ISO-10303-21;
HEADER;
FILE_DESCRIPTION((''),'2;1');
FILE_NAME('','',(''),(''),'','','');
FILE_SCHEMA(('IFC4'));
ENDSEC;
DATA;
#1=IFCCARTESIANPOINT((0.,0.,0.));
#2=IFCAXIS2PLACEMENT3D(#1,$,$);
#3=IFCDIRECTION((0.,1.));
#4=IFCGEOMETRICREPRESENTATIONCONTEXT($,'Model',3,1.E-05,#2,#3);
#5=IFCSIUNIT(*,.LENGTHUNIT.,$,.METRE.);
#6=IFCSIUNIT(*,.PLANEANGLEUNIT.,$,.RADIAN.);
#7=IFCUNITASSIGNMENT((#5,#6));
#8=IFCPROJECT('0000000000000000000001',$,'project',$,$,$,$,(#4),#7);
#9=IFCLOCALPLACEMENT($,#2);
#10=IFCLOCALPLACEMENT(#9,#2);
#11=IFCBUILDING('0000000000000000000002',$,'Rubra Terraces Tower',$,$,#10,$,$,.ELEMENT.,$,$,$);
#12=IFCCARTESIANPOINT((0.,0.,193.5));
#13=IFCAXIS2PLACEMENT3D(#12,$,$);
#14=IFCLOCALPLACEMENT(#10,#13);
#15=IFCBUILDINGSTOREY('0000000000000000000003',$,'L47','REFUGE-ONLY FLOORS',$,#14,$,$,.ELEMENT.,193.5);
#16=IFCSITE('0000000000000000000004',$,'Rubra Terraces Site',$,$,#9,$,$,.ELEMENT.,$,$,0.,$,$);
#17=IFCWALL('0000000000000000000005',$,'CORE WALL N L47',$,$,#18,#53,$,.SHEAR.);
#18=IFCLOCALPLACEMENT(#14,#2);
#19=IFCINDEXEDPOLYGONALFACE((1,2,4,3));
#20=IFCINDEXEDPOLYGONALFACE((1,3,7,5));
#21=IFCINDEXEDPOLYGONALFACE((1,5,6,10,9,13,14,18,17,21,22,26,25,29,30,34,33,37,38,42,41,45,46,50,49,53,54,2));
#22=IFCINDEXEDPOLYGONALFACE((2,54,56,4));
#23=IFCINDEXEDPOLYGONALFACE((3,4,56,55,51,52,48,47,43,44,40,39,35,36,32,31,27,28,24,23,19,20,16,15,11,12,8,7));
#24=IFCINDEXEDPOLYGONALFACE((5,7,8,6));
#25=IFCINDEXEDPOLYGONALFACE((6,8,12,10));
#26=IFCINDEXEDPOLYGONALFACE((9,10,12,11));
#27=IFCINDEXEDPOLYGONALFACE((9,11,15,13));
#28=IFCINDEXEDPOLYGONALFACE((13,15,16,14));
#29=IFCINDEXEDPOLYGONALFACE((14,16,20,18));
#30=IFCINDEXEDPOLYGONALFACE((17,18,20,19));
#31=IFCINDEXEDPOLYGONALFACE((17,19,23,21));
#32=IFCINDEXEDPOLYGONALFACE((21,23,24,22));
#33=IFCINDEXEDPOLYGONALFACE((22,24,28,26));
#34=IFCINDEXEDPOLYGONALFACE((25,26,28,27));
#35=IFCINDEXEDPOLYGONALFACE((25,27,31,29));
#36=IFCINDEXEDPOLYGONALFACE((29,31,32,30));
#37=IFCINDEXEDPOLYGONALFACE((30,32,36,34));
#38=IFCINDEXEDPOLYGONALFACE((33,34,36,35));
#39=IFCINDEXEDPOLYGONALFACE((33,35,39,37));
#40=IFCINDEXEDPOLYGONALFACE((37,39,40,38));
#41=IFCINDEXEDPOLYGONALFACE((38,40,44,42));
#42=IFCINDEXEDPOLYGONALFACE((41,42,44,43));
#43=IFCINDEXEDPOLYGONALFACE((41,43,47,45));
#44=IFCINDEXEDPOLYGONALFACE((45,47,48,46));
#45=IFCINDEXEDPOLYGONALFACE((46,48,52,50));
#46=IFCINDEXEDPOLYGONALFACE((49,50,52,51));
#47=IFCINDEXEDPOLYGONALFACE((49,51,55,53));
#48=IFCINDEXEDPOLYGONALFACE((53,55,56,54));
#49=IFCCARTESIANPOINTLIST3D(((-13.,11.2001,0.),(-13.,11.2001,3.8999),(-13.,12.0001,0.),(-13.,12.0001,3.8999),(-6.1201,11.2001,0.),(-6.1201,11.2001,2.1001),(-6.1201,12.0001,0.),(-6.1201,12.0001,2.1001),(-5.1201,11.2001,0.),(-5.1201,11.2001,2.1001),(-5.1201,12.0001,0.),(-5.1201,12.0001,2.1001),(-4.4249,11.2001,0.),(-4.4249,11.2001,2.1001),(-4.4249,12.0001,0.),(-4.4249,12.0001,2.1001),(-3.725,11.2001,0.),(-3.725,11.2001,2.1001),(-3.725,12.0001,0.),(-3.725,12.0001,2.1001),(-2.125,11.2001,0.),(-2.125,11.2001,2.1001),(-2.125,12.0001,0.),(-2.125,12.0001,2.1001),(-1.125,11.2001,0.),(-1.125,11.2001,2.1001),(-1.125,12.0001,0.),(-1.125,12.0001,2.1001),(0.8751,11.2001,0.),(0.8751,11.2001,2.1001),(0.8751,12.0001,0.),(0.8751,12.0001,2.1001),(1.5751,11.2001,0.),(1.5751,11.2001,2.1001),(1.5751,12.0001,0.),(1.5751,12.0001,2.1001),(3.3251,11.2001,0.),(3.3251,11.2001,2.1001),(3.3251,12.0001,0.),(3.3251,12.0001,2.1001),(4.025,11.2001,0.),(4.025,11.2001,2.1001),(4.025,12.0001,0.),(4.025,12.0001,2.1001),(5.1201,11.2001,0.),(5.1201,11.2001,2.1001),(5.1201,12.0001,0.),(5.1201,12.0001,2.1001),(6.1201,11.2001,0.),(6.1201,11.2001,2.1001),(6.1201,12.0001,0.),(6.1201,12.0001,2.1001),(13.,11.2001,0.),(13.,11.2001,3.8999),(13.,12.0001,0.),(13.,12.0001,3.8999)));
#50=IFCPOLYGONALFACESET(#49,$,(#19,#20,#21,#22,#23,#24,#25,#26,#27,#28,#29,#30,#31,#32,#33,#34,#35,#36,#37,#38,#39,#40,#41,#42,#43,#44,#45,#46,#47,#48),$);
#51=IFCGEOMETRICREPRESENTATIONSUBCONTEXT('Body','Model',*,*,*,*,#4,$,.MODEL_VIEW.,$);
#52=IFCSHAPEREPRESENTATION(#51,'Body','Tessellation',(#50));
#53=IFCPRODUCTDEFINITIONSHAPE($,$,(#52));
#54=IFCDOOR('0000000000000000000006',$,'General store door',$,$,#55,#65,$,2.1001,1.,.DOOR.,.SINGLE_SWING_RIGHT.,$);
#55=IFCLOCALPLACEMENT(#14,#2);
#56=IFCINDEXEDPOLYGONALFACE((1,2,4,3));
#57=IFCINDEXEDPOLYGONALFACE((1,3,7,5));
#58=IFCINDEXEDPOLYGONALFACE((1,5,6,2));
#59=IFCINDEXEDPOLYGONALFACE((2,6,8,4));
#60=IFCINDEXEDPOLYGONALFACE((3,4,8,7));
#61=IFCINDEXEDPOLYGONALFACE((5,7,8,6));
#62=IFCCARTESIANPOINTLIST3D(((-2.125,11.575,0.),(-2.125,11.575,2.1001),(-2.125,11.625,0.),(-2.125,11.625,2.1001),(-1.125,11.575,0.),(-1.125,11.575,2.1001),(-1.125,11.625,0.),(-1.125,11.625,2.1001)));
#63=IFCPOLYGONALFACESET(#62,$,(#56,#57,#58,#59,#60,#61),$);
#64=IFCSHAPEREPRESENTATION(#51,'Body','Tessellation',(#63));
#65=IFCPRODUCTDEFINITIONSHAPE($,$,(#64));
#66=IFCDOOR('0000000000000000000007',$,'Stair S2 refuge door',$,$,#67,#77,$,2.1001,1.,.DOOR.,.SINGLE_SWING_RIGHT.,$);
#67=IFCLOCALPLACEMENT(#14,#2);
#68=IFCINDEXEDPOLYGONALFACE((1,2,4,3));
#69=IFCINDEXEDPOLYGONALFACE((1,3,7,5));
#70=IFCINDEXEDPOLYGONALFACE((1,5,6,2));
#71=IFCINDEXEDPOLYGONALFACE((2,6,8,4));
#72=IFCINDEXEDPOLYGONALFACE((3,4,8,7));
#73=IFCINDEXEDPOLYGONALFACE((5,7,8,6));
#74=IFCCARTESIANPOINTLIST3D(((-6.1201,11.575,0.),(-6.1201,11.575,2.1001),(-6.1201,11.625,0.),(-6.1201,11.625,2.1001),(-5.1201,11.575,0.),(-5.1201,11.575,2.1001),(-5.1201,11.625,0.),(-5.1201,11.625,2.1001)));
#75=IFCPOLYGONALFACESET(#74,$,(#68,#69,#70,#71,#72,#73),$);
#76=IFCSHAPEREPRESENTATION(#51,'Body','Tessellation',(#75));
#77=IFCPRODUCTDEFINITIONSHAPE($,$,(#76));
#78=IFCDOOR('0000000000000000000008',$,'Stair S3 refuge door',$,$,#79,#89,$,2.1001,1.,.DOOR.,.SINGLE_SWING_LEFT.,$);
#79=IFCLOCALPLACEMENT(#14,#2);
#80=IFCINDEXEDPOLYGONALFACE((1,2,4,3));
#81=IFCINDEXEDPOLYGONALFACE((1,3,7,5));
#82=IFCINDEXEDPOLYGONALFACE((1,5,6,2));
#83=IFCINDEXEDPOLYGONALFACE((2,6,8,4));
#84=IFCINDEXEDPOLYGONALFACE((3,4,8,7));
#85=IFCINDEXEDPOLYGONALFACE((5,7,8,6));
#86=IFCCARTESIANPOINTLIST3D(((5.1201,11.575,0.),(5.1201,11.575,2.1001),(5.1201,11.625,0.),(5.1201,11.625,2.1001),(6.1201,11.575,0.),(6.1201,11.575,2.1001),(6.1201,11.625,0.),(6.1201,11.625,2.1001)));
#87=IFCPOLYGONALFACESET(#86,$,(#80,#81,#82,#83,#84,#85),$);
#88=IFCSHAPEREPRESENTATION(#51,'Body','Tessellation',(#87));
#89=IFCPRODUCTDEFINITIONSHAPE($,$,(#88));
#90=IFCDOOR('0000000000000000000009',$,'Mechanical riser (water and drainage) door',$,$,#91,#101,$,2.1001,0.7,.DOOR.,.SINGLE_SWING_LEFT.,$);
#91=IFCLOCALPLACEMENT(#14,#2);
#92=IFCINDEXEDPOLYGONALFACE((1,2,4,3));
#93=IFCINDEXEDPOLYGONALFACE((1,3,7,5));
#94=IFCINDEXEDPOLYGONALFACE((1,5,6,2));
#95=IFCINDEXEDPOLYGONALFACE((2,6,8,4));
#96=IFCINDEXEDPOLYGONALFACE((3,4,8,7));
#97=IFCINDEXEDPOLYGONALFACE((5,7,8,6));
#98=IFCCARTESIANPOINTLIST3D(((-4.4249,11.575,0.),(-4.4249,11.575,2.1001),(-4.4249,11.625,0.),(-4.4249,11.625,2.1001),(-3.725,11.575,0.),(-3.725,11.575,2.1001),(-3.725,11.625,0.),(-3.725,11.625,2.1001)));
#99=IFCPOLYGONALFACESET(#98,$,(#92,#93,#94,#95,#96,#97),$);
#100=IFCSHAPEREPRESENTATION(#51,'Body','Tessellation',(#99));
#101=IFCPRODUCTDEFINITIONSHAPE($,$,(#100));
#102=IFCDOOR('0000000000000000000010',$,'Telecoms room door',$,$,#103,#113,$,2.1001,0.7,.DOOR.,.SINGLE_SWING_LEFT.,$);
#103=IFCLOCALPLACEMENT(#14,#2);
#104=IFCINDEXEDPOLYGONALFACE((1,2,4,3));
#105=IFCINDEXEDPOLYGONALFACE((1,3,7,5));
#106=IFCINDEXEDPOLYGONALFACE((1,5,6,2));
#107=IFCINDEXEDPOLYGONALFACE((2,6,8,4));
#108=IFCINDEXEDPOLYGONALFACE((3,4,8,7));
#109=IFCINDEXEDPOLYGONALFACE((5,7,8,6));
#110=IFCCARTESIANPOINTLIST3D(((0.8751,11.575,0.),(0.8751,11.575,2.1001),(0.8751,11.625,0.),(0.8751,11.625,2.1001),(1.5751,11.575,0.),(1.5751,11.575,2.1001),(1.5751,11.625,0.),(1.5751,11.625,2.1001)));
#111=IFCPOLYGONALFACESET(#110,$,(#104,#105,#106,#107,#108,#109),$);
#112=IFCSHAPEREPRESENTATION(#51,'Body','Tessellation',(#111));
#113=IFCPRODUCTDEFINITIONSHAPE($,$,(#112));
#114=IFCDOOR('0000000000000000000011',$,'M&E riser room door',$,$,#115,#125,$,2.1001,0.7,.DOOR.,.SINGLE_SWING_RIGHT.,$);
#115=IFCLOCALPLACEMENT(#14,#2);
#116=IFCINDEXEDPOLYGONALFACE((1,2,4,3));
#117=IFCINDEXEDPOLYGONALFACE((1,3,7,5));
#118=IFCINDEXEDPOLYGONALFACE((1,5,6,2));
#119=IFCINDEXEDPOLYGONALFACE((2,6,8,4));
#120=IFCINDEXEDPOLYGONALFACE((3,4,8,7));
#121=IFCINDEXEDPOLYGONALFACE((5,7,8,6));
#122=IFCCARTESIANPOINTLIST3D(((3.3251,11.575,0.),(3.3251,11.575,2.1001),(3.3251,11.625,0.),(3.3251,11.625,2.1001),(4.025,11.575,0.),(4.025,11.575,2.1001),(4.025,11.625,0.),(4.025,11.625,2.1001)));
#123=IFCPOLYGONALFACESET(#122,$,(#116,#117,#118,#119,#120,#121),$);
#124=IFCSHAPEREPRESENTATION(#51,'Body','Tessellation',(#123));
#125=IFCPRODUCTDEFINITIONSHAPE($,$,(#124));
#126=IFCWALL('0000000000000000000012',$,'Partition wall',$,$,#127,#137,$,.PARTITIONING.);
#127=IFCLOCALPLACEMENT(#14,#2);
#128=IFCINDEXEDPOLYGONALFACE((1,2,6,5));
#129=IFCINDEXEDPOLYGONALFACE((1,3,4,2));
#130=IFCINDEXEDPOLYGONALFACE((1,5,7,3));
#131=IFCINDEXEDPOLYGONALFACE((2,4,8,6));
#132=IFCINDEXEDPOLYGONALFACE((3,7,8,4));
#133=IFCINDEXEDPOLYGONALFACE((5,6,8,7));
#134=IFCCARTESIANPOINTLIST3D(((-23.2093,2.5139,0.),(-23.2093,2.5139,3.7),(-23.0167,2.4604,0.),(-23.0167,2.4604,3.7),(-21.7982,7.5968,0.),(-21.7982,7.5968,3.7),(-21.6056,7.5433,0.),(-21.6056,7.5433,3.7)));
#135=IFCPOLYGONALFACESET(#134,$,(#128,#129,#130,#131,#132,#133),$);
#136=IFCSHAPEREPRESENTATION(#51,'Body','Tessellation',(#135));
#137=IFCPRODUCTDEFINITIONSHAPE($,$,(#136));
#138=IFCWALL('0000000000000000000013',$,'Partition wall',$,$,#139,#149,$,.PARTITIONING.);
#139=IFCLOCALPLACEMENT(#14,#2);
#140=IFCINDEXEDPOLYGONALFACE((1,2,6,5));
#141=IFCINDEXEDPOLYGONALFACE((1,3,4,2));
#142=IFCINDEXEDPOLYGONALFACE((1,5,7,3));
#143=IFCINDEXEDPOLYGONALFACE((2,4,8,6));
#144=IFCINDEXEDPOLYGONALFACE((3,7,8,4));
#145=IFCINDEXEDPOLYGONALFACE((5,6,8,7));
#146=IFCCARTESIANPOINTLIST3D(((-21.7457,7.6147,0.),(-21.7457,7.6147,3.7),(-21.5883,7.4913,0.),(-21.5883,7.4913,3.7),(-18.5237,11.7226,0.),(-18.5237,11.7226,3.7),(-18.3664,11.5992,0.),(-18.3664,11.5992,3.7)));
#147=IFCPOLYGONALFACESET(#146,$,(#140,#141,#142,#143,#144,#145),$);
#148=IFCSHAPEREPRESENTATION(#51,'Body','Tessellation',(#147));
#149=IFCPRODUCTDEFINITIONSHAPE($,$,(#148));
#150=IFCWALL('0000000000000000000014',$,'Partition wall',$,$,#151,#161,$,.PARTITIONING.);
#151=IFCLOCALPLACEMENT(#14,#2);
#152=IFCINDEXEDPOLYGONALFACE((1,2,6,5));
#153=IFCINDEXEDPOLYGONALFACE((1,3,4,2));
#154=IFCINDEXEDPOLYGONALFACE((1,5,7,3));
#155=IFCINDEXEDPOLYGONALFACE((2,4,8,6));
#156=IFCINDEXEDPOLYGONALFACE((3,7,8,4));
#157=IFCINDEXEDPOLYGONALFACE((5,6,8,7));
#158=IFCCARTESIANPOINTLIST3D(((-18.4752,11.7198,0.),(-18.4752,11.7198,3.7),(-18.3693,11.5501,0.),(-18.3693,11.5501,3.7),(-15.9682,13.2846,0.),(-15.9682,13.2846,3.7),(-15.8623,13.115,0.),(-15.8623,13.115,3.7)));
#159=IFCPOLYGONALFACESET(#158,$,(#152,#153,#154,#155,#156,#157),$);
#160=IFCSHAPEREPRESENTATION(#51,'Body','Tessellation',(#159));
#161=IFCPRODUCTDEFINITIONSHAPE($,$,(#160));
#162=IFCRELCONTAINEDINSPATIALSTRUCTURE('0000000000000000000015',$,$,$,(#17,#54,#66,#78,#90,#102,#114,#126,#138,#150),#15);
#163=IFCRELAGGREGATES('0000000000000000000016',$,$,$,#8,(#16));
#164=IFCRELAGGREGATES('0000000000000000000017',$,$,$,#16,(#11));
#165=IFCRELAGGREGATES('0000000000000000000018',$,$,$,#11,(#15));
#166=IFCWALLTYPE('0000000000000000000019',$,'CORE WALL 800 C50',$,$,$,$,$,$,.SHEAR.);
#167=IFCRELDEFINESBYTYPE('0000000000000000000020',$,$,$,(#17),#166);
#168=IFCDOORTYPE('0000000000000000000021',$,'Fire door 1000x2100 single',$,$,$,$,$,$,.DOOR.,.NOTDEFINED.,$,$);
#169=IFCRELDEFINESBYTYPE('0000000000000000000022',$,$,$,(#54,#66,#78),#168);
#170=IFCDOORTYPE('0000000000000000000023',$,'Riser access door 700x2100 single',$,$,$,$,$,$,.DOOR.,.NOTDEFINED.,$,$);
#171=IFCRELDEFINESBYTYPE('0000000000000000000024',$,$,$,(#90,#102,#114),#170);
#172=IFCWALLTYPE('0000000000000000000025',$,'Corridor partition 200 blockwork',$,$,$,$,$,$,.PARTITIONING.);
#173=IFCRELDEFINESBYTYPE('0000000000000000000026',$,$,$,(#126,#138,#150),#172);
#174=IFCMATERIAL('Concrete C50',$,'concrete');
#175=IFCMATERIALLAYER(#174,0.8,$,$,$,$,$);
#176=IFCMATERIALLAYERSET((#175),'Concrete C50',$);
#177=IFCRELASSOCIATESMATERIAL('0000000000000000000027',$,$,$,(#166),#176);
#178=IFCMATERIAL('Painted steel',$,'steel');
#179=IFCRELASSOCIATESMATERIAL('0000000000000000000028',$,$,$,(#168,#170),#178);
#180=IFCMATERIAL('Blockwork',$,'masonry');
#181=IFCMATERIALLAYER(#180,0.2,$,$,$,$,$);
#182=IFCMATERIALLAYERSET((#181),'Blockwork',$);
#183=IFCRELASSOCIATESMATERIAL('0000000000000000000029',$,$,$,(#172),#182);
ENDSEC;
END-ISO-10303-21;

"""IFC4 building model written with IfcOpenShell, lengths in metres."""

from ifc_helpers import new_model, si_unit, direction, frame, frame_2d, origin, place, context, subcontext, project, spatial, rectangle, extrude, material, layer, layer_set, type_object, element, fill, save


model = new_model("IFC4")

# Units and contexts
model_context = context("Model", 3, precision=1e-05, world=origin(), true_north=direction((0.0, 1.0)))
body_context = subcontext(model_context, "Body", "Model", "MODEL_VIEW")
ifc_project = project(units=[si_unit("LENGTHUNIT", "METRE"), si_unit("PLANEANGLEUNIT", "RADIAN")], contexts=[model_context])

# Site, building, storey
site_placement = place(None, origin())
site = spatial("IfcSite", under=ifc_project, at=site_placement, Name="Rubra Terraces Site", CompositionType="ELEMENT", RefElevation=0.0)
building_placement = place(site_placement, origin())
building = spatial("IfcBuilding", under=site, at=building_placement, Name="Rubra Terraces Tower", CompositionType="ELEMENT")
storey_placement = place(building_placement, frame((0.0, 0.0, 193.5)))
storey = spatial("IfcBuildingStorey", under=building, at=storey_placement, Name="L47", Description="REFUGE-ONLY FLOORS", CompositionType="ELEMENT", Elevation=193.5)

# Shared definitions
ifc_material_1 = material(Name="Concrete C50", Category="concrete")

# Wall, openings, doors
ifc_layer_1 = layer(ifc_material_1, 0.8)
ifc_layer_set_1 = layer_set([ifc_layer_1], Name="Concrete C50")
wall_type_1 = type_object("IfcWallType", Name="CORE WALL 800 C50", PredefinedType="SHEAR", material=ifc_layer_set_1)
wall_1_placement = place(storey_placement, frame((-13.0, 11.6001, 0.0), z_axis=(0.0, 0.0, 1.0), x_axis=(1.0, 0.0, 0.0)))
wall_1 = element("IfcWall", 1, at=wall_1_placement, inside=storey, type_object=wall_type_1, Name="CORE WALL N L47", PredefinedType="SHEAR", context=body_context, shape_type="SweptSolid", body=[
    extrude(rectangle(XDim=26.0, YDim=0.8, at=frame_2d((13.0, 0.0))), origin(), (0.0, 0.0, 1.0), 3.8999),
])
opening_1_placement = place(wall_1_placement, frame((8.575, 0.0, 0.0)))
opening_1 = element("IfcOpeningElement", 2, at=opening_1_placement, cuts=wall_1, PredefinedType="OPENING", context=body_context, shape_type="SweptSolid", body=[
    extrude(rectangle(XDim=0.7, YDim=2.1001, at=frame_2d((0.3501, 1.05))), frame((0.0, 0.4099, 0.0), z_axis=(0.0, -1.0, 0.0), x_axis=(1.0, 0.0, 0.0)), (0.0, 0.0, 1.0), 0.8201),
])
opening_2_placement = place(wall_1_placement, frame((10.875, 0.0, 0.0)))
opening_2 = element("IfcOpeningElement", 3, at=opening_2_placement, cuts=wall_1, PredefinedType="OPENING", context=body_context, shape_type="SweptSolid", body=[
    extrude(rectangle(XDim=1.0, YDim=2.1001, at=frame_2d((0.5, 1.05))), frame((0.0, 0.4099, 0.0), z_axis=(0.0, -1.0, 0.0), x_axis=(1.0, 0.0, 0.0)), (0.0, 0.0, 1.0), 0.8201),
])
opening_3_placement = place(wall_1_placement, frame((13.875, 0.0, 0.0)))
opening_3 = element("IfcOpeningElement", 4, at=opening_3_placement, cuts=wall_1, PredefinedType="OPENING", context=body_context, shape_type="SweptSolid", body=[
    extrude(rectangle(XDim=0.7, YDim=2.1001, at=frame_2d((0.3501, 1.05))), frame((0.0, 0.4099, 0.0), z_axis=(0.0, -1.0, 0.0), x_axis=(1.0, 0.0, 0.0)), (0.0, 0.0, 1.0), 0.8201),
])
opening_4_placement = place(wall_1_placement, frame((16.325, 0.0, 0.0)))
opening_4 = element("IfcOpeningElement", 5, at=opening_4_placement, cuts=wall_1, PredefinedType="OPENING", context=body_context, shape_type="SweptSolid", body=[
    extrude(rectangle(XDim=0.7, YDim=2.1001, at=frame_2d((0.3501, 1.05))), frame((0.0, 0.4099, 0.0), z_axis=(0.0, -1.0, 0.0), x_axis=(1.0, 0.0, 0.0)), (0.0, 0.0, 1.0), 0.8201),
])
opening_5_placement = place(wall_1_placement, frame((6.8799, 0.0, 0.0)))
opening_5 = element("IfcOpeningElement", 6, at=opening_5_placement, cuts=wall_1, PredefinedType="OPENING", context=body_context, shape_type="SweptSolid", body=[
    extrude(rectangle(XDim=1.0, YDim=2.1001, at=frame_2d((0.5, 1.05))), frame((0.0, 0.4099, 0.0), z_axis=(0.0, -1.0, 0.0), x_axis=(1.0, 0.0, 0.0)), (0.0, 0.0, 1.0), 0.8201),
])
opening_6_placement = place(wall_1_placement, frame((18.1201, 0.0, 0.0)))
opening_6 = element("IfcOpeningElement", 7, at=opening_6_placement, cuts=wall_1, PredefinedType="OPENING", context=body_context, shape_type="SweptSolid", body=[
    extrude(rectangle(XDim=1.0, YDim=2.1001, at=frame_2d((0.5, 1.05))), frame((0.0, 0.4099, 0.0), z_axis=(0.0, -1.0, 0.0), x_axis=(1.0, 0.0, 0.0)), (0.0, 0.0, 1.0), 0.8201),
])
ifc_material_2 = material(Name="Painted steel", Category="steel")
door_type_1 = type_object("IfcDoorType", Name="Fire door 1000x2100 single", OperationType="NOTDEFINED", PredefinedType="DOOR", material=ifc_material_2)
door_1_placement = place(opening_2_placement, origin())
door_1 = element("IfcDoor", 8, at=door_1_placement, inside=storey, type_object=door_type_1, Name="General store door", OperationType="SINGLE_SWING_RIGHT", OverallHeight=2.1001, OverallWidth=1.0, PredefinedType="DOOR", context=body_context, shape_type="SweptSolid", body=[
    extrude(rectangle(XDim=1.0, YDim=2.1001, at=frame_2d((0.5, 1.05))), frame((0.0, 0.0249, 0.0), z_axis=(0.0, -1.0, 0.0), x_axis=(1.0, 0.0, 0.0)), (0.0, 0.0, 1.0), 0.05),
])
fill(opening_2, door_1)
door_2_placement = place(opening_5_placement, origin())
door_2 = element("IfcDoor", 9, at=door_2_placement, inside=storey, type_object=door_type_1, Name="Stair S2 refuge door", OperationType="SINGLE_SWING_RIGHT", OverallHeight=2.1001, OverallWidth=1.0, PredefinedType="DOOR", context=body_context, shape_type="SweptSolid", body=[
    extrude(rectangle(XDim=1.0, YDim=2.1001, at=frame_2d((0.5, 1.05))), frame((0.0, 0.0249, 0.0), z_axis=(0.0, -1.0, 0.0), x_axis=(1.0, 0.0, 0.0)), (0.0, 0.0, 1.0), 0.05),
])
fill(opening_5, door_2)
door_3_placement = place(opening_6_placement, origin())
door_3 = element("IfcDoor", 10, at=door_3_placement, inside=storey, type_object=door_type_1, Name="Stair S3 refuge door", OperationType="SINGLE_SWING_LEFT", OverallHeight=2.1001, OverallWidth=1.0, PredefinedType="DOOR", context=body_context, shape_type="SweptSolid", body=[
    extrude(rectangle(XDim=1.0, YDim=2.1001, at=frame_2d((0.5, 1.05))), frame((0.0, 0.0249, 0.0), z_axis=(0.0, -1.0, 0.0), x_axis=(1.0, 0.0, 0.0)), (0.0, 0.0, 1.0), 0.05),
])
fill(opening_6, door_3)
door_type_2 = type_object("IfcDoorType", Name="Riser access door 700x2100 single", OperationType="NOTDEFINED", PredefinedType="DOOR", material=ifc_material_2)
door_4_placement = place(opening_1_placement, origin())
door_4 = element("IfcDoor", 11, at=door_4_placement, inside=storey, type_object=door_type_2, Name="Mechanical riser (water and drainage) door", OperationType="SINGLE_SWING_LEFT", OverallHeight=2.1001, OverallWidth=0.7, PredefinedType="DOOR", context=body_context, shape_type="SweptSolid", body=[
    extrude(rectangle(XDim=0.7, YDim=2.1001, at=frame_2d((0.3501, 1.05))), frame((0.0, 0.0249, 0.0), z_axis=(0.0, -1.0, 0.0), x_axis=(1.0, 0.0, 0.0)), (0.0, 0.0, 1.0), 0.05),
])
fill(opening_1, door_4)
door_5_placement = place(opening_3_placement, origin())
door_5 = element("IfcDoor", 12, at=door_5_placement, inside=storey, type_object=door_type_2, Name="Telecoms room door", OperationType="SINGLE_SWING_LEFT", OverallHeight=2.1001, OverallWidth=0.7, PredefinedType="DOOR", context=body_context, shape_type="SweptSolid", body=[
    extrude(rectangle(XDim=0.7, YDim=2.1001, at=frame_2d((0.3501, 1.05))), frame((0.0, 0.0249, 0.0), z_axis=(0.0, -1.0, 0.0), x_axis=(1.0, 0.0, 0.0)), (0.0, 0.0, 1.0), 0.05),
])
fill(opening_3, door_5)
door_6_placement = place(opening_4_placement, origin())
door_6 = element("IfcDoor", 13, at=door_6_placement, inside=storey, type_object=door_type_2, Name="M&E riser room door", OperationType="SINGLE_SWING_RIGHT", OverallHeight=2.1001, OverallWidth=0.7, PredefinedType="DOOR", context=body_context, shape_type="SweptSolid", body=[
    extrude(rectangle(XDim=0.7, YDim=2.1001, at=frame_2d((0.3501, 1.05))), frame((0.0, 0.0249, 0.0), z_axis=(0.0, -1.0, 0.0), x_axis=(1.0, 0.0, 0.0)), (0.0, 0.0, 1.0), 0.05),
])
fill(opening_4, door_6)

# Walls
ifc_material_3 = material(Name="Blockwork", Category="masonry")
ifc_layer_2 = layer(ifc_material_3, 0.2)
ifc_layer_set_2 = layer_set([ifc_layer_2], Name="Blockwork")
wall_type_2 = type_object("IfcWallType", Name="Corridor partition 200 blockwork", PredefinedType="PARTITIONING", material=ifc_layer_set_2)
wall_2_placement = place(storey_placement, frame((-23.113, 2.4871, 0.0), z_axis=(0.0, 0.0, 1.0), x_axis=(0.267501, 0.963558, 0.0)))
element("IfcWall", 14, at=wall_2_placement, inside=storey, type_object=wall_type_2, Name="Partition wall", PredefinedType="PARTITIONING", context=body_context, shape_type="SweptSolid", body=[
    extrude(rectangle(XDim=5.2751, YDim=0.2, at=frame_2d((2.6377, 0.0))), origin(), (0.0, 0.0, 1.0), 3.7),
])
wall_3_placement = place(storey_placement, frame((-21.667, 7.553, 0.0), z_axis=(0.0, 0.0, 1.0), x_axis=(0.617144, 0.78685, 0.0)))
element("IfcWall", 15, at=wall_3_placement, inside=storey, type_object=wall_type_2, Name="Partition wall", PredefinedType="PARTITIONING", context=body_context, shape_type="SweptSolid", body=[
    extrude(rectangle(XDim=5.2207, YDim=0.2, at=frame_2d((2.6104, 0.0))), origin(), (0.0, 0.0, 1.0), 3.7),
])
wall_4_placement = place(storey_placement, frame((-18.4221, 11.635, 0.0), z_axis=(0.0, 0.0, 1.0), x_axis=(0.8483, 0.529516, 0.0)))
element("IfcWall", 16, at=wall_4_placement, inside=storey, type_object=wall_type_2, Name="Partition wall", PredefinedType="PARTITIONING", context=body_context, shape_type="SweptSolid", body=[
    extrude(rectangle(XDim=2.9553, YDim=0.2, at=frame_2d((1.4775, 0.0))), origin(), (0.0, 0.0, 1.0), 3.7),
])

save(model, "model.ifc")
